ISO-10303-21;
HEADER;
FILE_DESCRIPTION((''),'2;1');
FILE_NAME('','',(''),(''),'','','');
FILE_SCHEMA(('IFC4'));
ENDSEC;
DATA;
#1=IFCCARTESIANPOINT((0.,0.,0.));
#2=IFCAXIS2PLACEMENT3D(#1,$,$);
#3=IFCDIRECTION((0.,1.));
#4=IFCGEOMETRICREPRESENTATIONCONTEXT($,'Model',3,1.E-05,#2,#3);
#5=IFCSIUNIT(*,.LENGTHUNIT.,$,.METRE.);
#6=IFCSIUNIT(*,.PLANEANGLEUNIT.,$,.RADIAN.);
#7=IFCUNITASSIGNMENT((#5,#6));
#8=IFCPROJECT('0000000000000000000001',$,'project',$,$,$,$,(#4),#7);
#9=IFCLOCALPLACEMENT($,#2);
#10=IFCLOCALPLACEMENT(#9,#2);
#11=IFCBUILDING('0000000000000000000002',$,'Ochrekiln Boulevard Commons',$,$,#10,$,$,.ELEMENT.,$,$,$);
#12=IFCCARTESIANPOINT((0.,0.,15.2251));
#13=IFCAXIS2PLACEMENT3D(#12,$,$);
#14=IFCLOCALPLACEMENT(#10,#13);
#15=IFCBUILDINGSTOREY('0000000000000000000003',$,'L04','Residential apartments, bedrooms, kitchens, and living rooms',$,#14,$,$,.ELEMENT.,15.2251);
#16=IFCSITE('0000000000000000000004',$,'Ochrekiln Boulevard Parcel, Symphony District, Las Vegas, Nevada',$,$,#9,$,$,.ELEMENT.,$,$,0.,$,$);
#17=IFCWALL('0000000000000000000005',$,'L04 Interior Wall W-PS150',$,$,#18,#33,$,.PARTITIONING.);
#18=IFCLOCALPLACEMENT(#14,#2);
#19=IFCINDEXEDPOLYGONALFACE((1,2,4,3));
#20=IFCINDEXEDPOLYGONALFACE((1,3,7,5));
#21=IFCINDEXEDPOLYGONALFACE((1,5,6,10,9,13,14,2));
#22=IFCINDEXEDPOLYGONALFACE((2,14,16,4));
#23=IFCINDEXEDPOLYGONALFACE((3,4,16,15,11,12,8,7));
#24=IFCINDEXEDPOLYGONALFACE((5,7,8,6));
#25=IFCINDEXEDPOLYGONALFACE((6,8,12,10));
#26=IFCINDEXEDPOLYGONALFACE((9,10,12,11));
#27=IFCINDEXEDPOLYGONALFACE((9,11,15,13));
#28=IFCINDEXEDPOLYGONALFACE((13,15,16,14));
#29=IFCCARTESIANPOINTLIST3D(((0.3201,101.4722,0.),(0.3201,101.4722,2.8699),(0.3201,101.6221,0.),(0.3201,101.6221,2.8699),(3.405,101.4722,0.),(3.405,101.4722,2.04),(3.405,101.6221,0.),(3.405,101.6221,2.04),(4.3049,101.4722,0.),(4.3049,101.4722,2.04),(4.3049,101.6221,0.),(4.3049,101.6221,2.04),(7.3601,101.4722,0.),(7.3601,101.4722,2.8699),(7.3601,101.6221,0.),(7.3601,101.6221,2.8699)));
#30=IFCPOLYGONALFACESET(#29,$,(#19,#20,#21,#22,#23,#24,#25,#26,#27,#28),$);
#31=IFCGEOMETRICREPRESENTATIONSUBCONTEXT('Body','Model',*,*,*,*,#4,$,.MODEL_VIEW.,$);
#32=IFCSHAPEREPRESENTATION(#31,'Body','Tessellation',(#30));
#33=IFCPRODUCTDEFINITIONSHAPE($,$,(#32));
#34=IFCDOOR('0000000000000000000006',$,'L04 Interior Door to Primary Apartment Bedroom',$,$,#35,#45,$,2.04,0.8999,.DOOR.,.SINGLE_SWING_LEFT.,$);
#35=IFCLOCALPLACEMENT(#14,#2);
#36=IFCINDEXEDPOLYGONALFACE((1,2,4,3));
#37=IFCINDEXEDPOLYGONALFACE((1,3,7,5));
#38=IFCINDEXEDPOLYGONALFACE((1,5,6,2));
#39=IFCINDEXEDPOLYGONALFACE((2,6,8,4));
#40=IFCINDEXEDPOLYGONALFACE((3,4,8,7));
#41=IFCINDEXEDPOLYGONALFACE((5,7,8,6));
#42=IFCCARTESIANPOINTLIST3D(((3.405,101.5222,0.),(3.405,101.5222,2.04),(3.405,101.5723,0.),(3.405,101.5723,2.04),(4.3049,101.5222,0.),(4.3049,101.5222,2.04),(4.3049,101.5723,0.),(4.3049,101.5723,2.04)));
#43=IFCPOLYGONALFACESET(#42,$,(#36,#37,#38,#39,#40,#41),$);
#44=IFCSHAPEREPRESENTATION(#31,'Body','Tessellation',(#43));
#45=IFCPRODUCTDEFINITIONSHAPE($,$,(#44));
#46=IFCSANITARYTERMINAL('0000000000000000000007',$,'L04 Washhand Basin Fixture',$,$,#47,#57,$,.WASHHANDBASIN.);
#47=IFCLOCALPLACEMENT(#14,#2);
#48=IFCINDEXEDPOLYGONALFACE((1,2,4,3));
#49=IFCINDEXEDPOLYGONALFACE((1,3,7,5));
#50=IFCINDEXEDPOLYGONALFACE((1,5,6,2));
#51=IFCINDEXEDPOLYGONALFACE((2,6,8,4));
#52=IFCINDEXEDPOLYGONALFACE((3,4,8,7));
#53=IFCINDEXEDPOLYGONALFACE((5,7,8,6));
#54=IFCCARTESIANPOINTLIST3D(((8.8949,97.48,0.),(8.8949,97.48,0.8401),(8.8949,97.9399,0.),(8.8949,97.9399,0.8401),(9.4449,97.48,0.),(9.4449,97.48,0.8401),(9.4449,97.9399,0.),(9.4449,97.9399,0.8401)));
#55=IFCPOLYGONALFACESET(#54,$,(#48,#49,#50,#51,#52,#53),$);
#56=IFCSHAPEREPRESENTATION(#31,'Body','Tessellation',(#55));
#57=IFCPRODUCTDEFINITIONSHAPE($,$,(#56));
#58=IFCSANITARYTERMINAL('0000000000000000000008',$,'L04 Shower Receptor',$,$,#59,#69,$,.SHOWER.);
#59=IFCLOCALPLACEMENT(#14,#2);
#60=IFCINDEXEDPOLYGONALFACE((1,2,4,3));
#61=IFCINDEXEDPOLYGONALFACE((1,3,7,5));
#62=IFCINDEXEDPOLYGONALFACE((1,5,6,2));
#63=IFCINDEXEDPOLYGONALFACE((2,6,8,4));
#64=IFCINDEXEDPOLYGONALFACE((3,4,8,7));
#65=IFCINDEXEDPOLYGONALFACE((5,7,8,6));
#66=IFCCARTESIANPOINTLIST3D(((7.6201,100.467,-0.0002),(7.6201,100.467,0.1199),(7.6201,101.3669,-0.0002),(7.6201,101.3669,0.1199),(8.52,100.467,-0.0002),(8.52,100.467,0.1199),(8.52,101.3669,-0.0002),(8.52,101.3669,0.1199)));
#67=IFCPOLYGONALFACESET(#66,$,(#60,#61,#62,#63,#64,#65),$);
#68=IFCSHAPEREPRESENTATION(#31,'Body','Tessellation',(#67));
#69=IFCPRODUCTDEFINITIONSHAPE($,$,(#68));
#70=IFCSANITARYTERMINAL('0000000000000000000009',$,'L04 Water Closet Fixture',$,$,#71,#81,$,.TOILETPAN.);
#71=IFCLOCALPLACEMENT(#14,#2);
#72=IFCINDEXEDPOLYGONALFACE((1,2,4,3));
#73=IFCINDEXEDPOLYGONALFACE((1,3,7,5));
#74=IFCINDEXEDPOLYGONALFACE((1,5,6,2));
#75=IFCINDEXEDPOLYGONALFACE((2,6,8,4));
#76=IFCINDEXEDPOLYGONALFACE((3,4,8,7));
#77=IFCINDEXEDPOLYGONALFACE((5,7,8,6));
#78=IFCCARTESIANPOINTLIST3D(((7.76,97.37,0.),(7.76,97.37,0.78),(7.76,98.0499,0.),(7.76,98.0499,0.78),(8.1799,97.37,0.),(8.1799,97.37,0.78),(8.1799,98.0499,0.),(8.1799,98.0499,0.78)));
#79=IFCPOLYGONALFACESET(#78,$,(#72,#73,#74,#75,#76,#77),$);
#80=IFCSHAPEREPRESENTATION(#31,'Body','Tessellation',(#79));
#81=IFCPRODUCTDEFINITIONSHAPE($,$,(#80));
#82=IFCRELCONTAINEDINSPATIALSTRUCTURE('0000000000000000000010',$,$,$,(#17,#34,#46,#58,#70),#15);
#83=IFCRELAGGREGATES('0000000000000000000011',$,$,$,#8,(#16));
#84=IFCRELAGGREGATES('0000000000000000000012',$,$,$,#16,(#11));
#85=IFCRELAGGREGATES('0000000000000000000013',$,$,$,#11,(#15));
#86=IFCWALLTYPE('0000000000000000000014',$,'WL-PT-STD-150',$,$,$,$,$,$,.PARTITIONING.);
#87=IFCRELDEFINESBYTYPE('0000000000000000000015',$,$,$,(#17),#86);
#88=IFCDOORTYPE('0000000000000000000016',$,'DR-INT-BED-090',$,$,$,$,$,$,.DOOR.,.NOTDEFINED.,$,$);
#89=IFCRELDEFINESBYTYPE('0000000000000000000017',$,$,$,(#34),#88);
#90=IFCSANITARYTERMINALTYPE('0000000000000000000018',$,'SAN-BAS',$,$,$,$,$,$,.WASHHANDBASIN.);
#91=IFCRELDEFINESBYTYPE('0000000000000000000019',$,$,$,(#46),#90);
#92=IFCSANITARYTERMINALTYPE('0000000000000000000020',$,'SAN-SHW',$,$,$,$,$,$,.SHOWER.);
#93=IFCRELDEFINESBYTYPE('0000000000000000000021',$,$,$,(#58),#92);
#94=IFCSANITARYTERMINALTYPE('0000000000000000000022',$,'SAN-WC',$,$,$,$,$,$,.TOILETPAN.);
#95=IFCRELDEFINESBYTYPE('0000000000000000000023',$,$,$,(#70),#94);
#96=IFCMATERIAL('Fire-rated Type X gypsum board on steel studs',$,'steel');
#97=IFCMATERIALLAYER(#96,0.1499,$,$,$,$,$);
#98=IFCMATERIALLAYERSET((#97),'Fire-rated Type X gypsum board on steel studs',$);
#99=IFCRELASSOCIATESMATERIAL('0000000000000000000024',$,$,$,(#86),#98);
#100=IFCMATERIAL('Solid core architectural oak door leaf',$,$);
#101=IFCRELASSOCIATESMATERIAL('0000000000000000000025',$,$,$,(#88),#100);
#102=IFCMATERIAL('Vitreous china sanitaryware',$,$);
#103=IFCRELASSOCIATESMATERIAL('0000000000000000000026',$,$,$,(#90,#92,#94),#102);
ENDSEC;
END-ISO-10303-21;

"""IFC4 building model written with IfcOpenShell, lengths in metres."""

from ifc_helpers import new_model, si_unit, direction, frame, frame_2d, origin, origin_2d, place, context, subcontext, project, spatial, rectangle, extrude, material, layer, layer_set, type_object, element, fill, save


model = new_model("IFC4")

# Units and contexts
model_context = context("Model", 3, precision=1e-05, world=origin(), true_north=direction((0.0, 1.0)))
body_context = subcontext(model_context, "Body", "Model", "MODEL_VIEW")
ifc_project = project(units=[si_unit("LENGTHUNIT", "METRE"), si_unit("PLANEANGLEUNIT", "RADIAN")], contexts=[model_context])

# Site, building, storey
site_placement = place(None, origin())
site = spatial("IfcSite", under=ifc_project, at=site_placement, Name="Ochrekiln Boulevard Parcel, Symphony District, Las Vegas, Nevada", CompositionType="ELEMENT", RefElevation=0.0)
building_placement = place(site_placement, origin())
building = spatial("IfcBuilding", under=site, at=building_placement, Name="Ochrekiln Boulevard Commons", CompositionType="ELEMENT")
storey_placement = place(building_placement, frame((0.0, 0.0, 15.2251)))
storey = spatial("IfcBuildingStorey", under=building, at=storey_placement, Name="L04", Description="Residential apartments, bedrooms, kitchens, and living rooms", CompositionType="ELEMENT", Elevation=15.2251)

# Shared definitions
ifc_material_1 = material(Name="Solid core architectural oak door leaf")

# Shared definitions
ifc_material_2 = material(Name="Fire-rated Type X gypsum board on steel studs", Category="steel")

# Wall, opening, door
ifc_layer_1 = layer(ifc_material_2, 0.1499)
ifc_layer_set_1 = layer_set([ifc_layer_1], Name="Fire-rated Type X gypsum board on steel studs")
wall_type_1 = type_object("IfcWallType", Name="WL-PT-STD-150", PredefinedType="PARTITIONING", material=ifc_layer_set_1)
wall_1_placement = place(storey_placement, frame((0.3201, 101.5471, 0.0), z_axis=(0.0, 0.0, 1.0), x_axis=(1.0, 0.0, 0.0)))
wall_1 = element("IfcWall", 1, at=wall_1_placement, inside=storey, type_object=wall_type_1, Name="L04 Interior Wall W-PS150", PredefinedType="PARTITIONING", context=body_context, shape_type="SweptSolid", body=[
    extrude(rectangle(XDim=7.04, YDim=0.1499, at=frame_2d((3.52, 0.0))), origin(), (0.0, 0.0, 1.0), 2.8699),
])
opening_1_placement = place(wall_1_placement, frame((3.085, 0.0, 0.0)))
opening_1 = element("IfcOpeningElement", 2, at=opening_1_placement, cuts=wall_1, PredefinedType="OPENING", context=body_context, shape_type="SweptSolid", body=[
    extrude(rectangle(XDim=0.8999, YDim=2.04, at=frame_2d((0.45, 1.02))), frame((0.0, 0.085, 0.0), z_axis=(0.0, -1.0, 0.0), x_axis=(1.0, 0.0, 0.0)), (0.0, 0.0, 1.0), 0.1699),
])
door_type_1 = type_object("IfcDoorType", Name="DR-INT-BED-090", OperationType="NOTDEFINED", PredefinedType="DOOR", material=ifc_material_1)
door_1_placement = place(opening_1_placement, frame((0.8999, 0.0, 0.0), z_axis=(0.0, 0.0, 1.0), x_axis=(-1.0, 0.0, 0.0)))
door_1 = element("IfcDoor", 3, at=door_1_placement, inside=storey, type_object=door_type_1, Name="L04 Interior Door to Primary Apartment Bedroom", OperationType="SINGLE_SWING_LEFT", OverallHeight=2.04, OverallWidth=0.8999, PredefinedType="DOOR", context=body_context, shape_type="SweptSolid", body=[
    extrude(rectangle(XDim=0.8999, YDim=2.04, at=frame_2d((0.45, 1.02))), frame((0.0, 0.0249, 0.0), z_axis=(0.0, -1.0, 0.0), x_axis=(1.0, 0.0, 0.0)), (0.0, 0.0, 1.0), 0.05),
])
fill(opening_1, door_1)

# Sanitary terminals
ifc_material_3 = material(Name="Vitreous china sanitaryware")
sanitary_terminal_type_1 = type_object("IfcSanitaryTerminalType", Name="SAN-BAS", PredefinedType="WASHHANDBASIN", material=ifc_material_3)
sanitary_terminal_1_placement = place(storey_placement, frame((9.1699, 97.71, 0.0), z_axis=(0.0, 0.0, 1.0), x_axis=(1.0, 0.0, 0.0)))
element("IfcSanitaryTerminal", 4, at=sanitary_terminal_1_placement, inside=storey, type_object=sanitary_terminal_type_1, Name="L04 Washhand Basin Fixture", PredefinedType="WASHHANDBASIN", context=body_context, shape_type="SweptSolid", body=[
    extrude(rectangle(XDim=0.55, YDim=0.46, at=origin_2d()), origin(), (0.0, 0.0, 1.0), 0.8401),
])
sanitary_terminal_type_2 = type_object("IfcSanitaryTerminalType", Name="SAN-SHW", PredefinedType="SHOWER", material=ifc_material_3)
sanitary_terminal_2_placement = place(storey_placement, frame((8.0701, 100.917, -0.0002), z_axis=(0.0, 0.0, 1.0), x_axis=(1.0, 0.0, 0.0)))
element("IfcSanitaryTerminal", 5, at=sanitary_terminal_2_placement, inside=storey, type_object=sanitary_terminal_type_2, Name="L04 Shower Receptor", PredefinedType="SHOWER", context=body_context, shape_type="SweptSolid", body=[
    extrude(rectangle(XDim=0.8999, YDim=0.8999, at=origin_2d()), origin(), (0.0, 0.0, 1.0), 0.1201),
])
sanitary_terminal_type_3 = type_object("IfcSanitaryTerminalType", Name="SAN-WC", PredefinedType="TOILETPAN", material=ifc_material_3)
sanitary_terminal_3_placement = place(storey_placement, frame((7.97, 97.71, 0.0), z_axis=(0.0, 0.0, 1.0), x_axis=(1.0, 0.0, 0.0)))
element("IfcSanitaryTerminal", 6, at=sanitary_terminal_3_placement, inside=storey, type_object=sanitary_terminal_type_3, Name="L04 Water Closet Fixture", PredefinedType="TOILETPAN", context=body_context, shape_type="SweptSolid", body=[
    extrude(rectangle(XDim=0.4199, YDim=0.6799, at=origin_2d()), origin(), (0.0, 0.0, 1.0), 0.78),
])

save(model, "model.ifc")
